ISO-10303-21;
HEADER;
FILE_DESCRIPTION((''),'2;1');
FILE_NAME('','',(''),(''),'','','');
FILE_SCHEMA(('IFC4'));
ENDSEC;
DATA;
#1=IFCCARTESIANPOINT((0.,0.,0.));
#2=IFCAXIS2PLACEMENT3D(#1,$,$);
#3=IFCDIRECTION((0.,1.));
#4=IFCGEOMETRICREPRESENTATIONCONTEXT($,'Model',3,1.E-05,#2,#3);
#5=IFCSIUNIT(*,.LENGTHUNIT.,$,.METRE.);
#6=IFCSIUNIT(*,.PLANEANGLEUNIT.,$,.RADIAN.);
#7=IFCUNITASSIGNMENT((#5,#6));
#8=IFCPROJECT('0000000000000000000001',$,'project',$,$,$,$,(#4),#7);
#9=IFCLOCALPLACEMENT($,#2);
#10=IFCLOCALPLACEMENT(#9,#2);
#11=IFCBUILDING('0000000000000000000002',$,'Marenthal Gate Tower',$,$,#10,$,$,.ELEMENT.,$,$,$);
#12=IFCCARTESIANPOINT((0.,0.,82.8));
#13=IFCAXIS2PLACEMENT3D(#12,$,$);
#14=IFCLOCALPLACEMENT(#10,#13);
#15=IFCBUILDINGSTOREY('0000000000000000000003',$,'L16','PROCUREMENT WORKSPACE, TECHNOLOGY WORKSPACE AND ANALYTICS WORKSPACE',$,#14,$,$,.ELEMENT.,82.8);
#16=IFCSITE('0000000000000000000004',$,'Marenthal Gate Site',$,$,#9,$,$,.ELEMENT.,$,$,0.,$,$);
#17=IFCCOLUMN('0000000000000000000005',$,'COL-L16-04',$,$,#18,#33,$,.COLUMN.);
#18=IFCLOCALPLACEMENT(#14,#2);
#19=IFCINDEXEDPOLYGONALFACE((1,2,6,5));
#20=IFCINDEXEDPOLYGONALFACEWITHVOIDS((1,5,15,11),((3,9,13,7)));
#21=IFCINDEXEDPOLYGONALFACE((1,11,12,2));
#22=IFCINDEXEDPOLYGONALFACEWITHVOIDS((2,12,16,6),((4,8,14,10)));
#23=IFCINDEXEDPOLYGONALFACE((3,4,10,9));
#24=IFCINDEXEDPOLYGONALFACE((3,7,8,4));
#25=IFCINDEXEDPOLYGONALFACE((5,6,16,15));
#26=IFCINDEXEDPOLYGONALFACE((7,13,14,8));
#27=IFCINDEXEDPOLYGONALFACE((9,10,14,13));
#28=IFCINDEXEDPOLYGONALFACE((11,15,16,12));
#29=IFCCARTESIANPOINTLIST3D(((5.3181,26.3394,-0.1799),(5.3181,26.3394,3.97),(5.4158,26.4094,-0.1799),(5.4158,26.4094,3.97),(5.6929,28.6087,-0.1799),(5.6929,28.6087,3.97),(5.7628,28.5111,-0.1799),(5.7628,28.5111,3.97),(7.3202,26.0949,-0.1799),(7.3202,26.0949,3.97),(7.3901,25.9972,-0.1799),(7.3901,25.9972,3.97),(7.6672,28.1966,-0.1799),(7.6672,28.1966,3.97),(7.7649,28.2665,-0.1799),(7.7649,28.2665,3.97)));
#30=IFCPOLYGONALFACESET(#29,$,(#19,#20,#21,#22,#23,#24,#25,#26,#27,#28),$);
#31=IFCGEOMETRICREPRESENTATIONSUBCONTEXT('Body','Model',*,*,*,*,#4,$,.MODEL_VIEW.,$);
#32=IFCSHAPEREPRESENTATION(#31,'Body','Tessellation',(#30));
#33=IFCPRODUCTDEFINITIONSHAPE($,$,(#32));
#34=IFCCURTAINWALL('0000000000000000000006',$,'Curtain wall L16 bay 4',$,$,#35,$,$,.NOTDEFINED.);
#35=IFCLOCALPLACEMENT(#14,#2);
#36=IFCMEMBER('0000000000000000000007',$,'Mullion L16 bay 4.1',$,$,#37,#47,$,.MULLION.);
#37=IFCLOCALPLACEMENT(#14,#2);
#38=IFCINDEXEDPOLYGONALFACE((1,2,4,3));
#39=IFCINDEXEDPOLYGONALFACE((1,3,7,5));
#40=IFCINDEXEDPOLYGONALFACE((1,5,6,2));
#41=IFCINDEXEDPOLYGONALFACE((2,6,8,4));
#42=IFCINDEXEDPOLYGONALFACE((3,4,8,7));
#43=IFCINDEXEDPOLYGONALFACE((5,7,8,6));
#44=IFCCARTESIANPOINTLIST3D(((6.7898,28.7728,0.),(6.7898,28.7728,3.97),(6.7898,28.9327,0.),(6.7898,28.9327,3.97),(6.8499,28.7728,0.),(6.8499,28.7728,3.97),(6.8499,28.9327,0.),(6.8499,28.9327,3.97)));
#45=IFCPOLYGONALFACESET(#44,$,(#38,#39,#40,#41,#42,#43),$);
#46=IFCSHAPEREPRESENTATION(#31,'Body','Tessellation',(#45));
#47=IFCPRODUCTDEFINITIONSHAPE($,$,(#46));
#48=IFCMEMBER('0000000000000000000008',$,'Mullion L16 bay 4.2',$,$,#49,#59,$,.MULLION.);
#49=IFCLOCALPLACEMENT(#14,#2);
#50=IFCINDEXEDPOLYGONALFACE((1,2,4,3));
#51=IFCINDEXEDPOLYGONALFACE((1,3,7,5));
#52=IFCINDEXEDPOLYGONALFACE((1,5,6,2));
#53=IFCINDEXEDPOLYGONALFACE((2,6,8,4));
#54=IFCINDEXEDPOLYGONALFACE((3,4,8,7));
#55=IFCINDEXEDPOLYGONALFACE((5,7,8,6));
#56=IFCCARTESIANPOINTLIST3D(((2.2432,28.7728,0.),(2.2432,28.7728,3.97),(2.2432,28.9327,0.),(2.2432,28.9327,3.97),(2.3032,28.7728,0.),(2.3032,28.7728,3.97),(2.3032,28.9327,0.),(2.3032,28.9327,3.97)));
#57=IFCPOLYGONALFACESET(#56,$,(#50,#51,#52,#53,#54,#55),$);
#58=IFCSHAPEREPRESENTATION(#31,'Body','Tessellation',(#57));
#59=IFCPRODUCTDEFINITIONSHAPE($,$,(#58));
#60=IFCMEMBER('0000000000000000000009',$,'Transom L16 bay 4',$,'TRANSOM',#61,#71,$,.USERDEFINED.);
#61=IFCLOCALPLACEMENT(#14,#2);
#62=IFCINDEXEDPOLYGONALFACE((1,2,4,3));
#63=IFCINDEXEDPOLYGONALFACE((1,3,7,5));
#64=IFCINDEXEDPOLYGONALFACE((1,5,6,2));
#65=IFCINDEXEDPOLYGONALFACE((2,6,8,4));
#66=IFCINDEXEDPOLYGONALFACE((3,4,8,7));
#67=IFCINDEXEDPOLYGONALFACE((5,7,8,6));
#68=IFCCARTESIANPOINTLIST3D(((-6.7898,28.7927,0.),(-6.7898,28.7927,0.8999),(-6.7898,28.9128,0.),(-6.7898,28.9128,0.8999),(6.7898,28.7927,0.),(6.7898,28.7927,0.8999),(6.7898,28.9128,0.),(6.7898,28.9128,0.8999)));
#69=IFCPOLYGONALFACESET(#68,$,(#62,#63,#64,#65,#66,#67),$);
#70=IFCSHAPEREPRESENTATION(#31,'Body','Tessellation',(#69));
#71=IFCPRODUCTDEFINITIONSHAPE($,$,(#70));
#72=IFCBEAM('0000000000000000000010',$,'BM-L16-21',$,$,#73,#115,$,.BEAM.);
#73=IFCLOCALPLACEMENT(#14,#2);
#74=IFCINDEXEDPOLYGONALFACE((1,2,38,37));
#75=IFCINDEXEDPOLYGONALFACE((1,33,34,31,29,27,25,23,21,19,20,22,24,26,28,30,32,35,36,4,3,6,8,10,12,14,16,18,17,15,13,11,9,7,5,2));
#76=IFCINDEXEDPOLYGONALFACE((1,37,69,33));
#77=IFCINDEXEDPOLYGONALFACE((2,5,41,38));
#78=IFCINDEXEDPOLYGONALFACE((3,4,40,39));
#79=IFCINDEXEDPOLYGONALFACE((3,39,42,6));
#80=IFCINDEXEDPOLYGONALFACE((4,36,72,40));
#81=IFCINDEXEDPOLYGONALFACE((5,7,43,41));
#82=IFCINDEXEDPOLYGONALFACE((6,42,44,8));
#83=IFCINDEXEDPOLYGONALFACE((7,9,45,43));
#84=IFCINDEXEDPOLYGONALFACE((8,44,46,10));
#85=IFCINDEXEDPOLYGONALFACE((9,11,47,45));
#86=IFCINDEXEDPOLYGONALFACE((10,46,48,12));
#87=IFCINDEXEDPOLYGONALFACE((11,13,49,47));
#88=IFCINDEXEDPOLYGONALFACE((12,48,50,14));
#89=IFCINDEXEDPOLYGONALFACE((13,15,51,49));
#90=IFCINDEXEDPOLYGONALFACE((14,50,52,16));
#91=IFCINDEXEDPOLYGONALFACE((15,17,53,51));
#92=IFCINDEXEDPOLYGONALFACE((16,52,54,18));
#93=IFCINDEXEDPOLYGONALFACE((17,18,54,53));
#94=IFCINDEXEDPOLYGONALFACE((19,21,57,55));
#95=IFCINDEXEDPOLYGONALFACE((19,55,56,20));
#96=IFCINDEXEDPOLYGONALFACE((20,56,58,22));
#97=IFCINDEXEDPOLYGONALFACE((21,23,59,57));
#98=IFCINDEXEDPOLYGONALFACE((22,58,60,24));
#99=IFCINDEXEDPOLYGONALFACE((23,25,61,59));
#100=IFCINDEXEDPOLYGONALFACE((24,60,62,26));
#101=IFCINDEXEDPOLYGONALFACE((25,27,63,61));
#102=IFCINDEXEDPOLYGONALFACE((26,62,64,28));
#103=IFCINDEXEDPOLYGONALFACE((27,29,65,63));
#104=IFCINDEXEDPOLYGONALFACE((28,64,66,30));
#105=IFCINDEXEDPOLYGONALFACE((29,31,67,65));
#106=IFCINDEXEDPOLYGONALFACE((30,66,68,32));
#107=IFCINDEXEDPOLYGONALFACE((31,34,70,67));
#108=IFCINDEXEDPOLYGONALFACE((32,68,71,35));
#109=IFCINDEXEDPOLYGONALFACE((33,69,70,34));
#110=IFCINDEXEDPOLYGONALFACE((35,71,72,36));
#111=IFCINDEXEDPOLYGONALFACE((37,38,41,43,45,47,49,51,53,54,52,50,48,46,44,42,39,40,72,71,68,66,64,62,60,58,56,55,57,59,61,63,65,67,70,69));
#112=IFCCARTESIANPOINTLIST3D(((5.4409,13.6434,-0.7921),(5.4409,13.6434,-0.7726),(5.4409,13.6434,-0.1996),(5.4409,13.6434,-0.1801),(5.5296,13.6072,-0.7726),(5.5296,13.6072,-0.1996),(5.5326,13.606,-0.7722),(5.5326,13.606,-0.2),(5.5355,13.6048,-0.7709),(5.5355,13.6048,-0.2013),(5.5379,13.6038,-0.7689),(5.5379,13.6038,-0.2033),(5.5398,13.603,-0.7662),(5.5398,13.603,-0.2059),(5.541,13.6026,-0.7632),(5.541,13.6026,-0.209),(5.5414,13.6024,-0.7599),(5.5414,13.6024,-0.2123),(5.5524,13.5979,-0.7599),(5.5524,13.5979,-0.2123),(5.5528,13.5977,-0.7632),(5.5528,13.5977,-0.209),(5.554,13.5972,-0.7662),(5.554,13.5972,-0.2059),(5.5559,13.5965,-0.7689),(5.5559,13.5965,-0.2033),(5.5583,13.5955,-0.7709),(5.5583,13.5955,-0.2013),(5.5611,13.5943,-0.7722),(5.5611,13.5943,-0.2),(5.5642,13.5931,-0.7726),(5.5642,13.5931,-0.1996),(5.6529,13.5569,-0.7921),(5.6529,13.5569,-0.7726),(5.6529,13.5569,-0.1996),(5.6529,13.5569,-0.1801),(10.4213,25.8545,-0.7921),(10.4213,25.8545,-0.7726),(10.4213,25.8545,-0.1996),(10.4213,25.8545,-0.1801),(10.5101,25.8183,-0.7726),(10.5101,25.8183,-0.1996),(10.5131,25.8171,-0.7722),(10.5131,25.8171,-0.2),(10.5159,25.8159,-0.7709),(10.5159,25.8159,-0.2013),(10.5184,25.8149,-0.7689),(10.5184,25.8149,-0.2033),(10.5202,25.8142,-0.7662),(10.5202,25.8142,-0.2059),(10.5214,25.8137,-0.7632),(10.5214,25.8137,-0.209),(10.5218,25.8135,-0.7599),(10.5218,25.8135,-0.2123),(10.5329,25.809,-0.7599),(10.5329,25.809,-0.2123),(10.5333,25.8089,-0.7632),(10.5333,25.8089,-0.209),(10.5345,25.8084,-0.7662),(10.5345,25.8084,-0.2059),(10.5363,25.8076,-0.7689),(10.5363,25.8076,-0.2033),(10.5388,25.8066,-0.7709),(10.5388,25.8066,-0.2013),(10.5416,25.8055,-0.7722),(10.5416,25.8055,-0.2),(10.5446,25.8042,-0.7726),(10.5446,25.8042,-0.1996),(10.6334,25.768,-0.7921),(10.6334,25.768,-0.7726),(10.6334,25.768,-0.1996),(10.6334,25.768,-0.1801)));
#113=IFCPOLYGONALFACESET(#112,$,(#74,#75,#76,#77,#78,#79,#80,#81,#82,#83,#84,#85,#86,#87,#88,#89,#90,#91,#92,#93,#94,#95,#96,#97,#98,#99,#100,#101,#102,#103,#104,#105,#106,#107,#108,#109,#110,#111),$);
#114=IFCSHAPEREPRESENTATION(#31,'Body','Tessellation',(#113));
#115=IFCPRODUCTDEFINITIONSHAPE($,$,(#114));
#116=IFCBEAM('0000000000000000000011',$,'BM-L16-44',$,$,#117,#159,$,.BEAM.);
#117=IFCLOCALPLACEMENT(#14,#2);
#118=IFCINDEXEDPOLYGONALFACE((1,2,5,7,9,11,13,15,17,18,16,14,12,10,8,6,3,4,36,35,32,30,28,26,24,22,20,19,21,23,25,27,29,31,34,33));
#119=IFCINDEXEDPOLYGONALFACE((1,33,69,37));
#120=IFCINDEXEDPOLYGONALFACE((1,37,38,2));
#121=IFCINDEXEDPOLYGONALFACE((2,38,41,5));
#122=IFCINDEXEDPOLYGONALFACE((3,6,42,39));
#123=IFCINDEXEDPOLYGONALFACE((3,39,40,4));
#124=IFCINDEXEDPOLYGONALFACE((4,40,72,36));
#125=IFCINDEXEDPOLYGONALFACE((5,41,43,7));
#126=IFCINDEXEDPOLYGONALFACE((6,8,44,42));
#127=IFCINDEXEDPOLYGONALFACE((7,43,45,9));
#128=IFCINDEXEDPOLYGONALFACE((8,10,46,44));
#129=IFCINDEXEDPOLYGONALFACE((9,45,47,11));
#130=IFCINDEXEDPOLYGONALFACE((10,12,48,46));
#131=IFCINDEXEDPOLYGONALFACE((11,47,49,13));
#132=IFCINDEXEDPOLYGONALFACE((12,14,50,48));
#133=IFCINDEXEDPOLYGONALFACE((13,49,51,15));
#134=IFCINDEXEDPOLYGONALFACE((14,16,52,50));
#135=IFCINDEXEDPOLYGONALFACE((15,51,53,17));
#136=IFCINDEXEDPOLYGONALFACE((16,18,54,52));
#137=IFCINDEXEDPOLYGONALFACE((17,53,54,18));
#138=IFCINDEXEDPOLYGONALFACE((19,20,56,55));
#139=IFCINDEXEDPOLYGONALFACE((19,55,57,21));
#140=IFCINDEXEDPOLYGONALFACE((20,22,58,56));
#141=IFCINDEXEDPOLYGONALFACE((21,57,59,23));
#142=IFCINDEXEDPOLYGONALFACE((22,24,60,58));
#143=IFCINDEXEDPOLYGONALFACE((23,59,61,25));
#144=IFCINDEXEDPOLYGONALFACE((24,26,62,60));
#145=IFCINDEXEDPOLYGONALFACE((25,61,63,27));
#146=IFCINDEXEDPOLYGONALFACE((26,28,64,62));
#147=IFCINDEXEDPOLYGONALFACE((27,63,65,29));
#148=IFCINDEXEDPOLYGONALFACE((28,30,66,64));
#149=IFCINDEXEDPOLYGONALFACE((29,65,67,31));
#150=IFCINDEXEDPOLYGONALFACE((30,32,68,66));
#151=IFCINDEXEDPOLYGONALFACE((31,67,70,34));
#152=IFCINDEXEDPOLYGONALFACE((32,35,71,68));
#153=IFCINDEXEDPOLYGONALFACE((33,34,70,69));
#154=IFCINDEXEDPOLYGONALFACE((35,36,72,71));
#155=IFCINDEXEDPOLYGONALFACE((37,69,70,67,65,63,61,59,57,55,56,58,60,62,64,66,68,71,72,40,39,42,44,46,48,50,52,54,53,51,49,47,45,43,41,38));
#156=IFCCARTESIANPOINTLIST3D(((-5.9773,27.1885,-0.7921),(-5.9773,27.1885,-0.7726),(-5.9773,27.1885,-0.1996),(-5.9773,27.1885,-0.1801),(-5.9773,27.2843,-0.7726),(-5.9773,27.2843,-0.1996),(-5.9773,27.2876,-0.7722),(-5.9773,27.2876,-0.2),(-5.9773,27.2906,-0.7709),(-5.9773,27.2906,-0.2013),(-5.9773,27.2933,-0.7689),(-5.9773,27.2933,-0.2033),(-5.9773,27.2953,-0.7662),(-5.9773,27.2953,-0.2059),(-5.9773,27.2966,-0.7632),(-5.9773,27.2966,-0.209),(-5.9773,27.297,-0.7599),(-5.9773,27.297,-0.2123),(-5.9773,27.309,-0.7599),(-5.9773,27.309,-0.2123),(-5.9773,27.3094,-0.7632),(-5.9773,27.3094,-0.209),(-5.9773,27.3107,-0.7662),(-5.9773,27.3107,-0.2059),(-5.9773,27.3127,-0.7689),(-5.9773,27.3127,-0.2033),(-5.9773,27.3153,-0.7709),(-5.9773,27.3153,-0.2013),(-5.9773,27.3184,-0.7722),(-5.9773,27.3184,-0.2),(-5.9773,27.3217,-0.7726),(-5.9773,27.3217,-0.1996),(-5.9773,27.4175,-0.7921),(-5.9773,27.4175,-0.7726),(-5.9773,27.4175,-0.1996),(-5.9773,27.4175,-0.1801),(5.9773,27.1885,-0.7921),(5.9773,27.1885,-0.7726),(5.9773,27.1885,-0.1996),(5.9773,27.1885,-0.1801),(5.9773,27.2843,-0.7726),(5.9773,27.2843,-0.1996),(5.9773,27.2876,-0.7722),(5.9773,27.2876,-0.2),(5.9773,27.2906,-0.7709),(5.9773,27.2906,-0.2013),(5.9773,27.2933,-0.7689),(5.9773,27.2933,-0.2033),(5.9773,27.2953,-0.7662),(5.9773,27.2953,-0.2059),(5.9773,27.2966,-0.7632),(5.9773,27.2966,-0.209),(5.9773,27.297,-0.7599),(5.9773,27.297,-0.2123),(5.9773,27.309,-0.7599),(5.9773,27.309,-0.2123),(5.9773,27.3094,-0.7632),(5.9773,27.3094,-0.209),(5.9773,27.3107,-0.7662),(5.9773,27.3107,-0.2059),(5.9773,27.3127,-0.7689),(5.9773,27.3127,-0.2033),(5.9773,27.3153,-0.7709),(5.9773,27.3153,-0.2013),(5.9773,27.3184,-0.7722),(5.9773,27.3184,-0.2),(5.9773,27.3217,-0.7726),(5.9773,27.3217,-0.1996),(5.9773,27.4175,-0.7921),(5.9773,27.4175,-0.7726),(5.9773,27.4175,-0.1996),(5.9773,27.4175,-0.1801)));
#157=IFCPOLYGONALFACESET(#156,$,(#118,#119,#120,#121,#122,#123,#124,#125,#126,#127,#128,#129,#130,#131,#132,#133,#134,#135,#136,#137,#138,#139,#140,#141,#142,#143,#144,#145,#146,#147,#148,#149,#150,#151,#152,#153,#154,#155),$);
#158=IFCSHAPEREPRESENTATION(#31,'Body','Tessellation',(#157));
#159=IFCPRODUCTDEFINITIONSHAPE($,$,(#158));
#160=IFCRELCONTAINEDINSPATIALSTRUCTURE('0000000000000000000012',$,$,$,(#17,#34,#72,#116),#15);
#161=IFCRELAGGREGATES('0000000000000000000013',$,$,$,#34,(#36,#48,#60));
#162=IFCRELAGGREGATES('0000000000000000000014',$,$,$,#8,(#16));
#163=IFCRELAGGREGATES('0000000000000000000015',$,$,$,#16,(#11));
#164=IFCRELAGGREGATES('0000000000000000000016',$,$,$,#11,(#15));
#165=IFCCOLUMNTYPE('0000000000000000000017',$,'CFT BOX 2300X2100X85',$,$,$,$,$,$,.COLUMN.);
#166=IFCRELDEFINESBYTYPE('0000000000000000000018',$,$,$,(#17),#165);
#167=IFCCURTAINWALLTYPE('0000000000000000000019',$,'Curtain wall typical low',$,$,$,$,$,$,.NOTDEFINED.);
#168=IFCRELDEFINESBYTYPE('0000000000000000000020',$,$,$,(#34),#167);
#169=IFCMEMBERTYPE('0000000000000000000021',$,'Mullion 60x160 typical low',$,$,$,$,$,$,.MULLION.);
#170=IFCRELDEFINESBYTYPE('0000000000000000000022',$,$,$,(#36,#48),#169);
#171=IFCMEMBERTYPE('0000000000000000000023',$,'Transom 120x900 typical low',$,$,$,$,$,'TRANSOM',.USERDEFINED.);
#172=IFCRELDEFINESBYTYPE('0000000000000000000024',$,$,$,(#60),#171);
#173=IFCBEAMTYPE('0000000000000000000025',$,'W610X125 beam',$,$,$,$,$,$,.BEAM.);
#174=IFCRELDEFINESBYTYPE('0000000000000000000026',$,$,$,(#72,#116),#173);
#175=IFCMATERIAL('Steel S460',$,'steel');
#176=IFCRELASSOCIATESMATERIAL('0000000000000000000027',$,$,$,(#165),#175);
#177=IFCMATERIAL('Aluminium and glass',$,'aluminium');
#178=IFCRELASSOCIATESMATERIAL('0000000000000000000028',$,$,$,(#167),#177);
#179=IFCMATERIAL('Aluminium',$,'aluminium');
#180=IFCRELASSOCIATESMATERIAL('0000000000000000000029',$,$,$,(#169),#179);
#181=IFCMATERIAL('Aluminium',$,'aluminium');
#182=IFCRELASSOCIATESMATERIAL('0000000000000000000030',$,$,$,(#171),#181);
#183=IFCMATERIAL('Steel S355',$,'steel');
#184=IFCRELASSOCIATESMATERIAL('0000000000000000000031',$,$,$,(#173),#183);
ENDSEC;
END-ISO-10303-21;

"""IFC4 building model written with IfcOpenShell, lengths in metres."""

from ifc_helpers import new_model, si_unit, direction, frame, origin, origin_2d, place, context, subcontext, project, spatial, rectangle, hollow_rectangle, i_section, extrude, material, material_profile, profile_set, type_object, element, aggregate, save


model = new_model("IFC4")

# Units and contexts
model_context = context("Model", 3, precision=1e-05, world=origin(), true_north=direction((0.0, 1.0)))
body_context = subcontext(model_context, "Body", "Model", "MODEL_VIEW")
ifc_project = project(units=[si_unit("LENGTHUNIT", "METRE"), si_unit("PLANEANGLEUNIT", "RADIAN")], contexts=[model_context])

# Site, building, storey
site_placement = place(None, origin())
site = spatial("IfcSite", under=ifc_project, at=site_placement, Name="Marenthal Gate Site", CompositionType="ELEMENT", RefElevation=0.0)
building_placement = place(site_placement, origin())
building = spatial("IfcBuilding", under=site, at=building_placement, Name="Marenthal Gate Tower", CompositionType="ELEMENT")
storey_placement = place(building_placement, frame((0.0, 0.0, 82.8)))
storey = spatial("IfcBuildingStorey", under=building, at=storey_placement, Name="L16", Description="PROCUREMENT WORKSPACE, TECHNOLOGY WORKSPACE AND ANALYTICS WORKSPACE", CompositionType="ELEMENT", Elevation=82.8)

# Column
ifc_material_1 = material(Name="Steel S460", Category="steel")
ifc_material_profile_1 = material_profile(ifc_material_1, hollow_rectangle(XDim=2.1001, YDim=2.3, WallThickness=0.085, at=origin_2d()), Name="CFT BOX 2300X2100X85")
ifc_material_2 = material(Name="Concrete 70 MPa", Category="concrete")
ifc_material_profile_2 = material_profile(ifc_material_2, rectangle(XDim=1.9299, YDim=2.1299, at=origin_2d()), Name="CFT BOX 2300X2100X85 INFILL")
ifc_profile_set_1 = profile_set([ifc_material_profile_1, ifc_material_profile_2], Name="Steel S460 shell, Concrete 70 MPa infill")
column_type = type_object("IfcColumnType", Name="CFT BOX 2300X2100X85", PredefinedType="COLUMN", material=ifc_profile_set_1)
column_placement = place(storey_placement, frame((6.5415, 27.303, -0.1799), z_axis=(0.0, 0.0, 1.0), x_axis=(0.986637, -0.162933, 0.0)))
element("IfcColumn", 1, at=column_placement, inside=storey, type_object=column_type, Name="COL-L16-04", PredefinedType="COLUMN", context=body_context, shape_type="SweptSolid", body=[
    extrude(hollow_rectangle(XDim=2.1001, YDim=2.3, WallThickness=0.085, at=origin_2d()), origin(), (0.0, 0.0, 1.0), 4.1499),
])

# Curtain wall, members
ifc_material_3 = material(Name="Aluminium and glass", Category="aluminium")
curtain_wall_type = type_object("IfcCurtainWallType", Name="Curtain wall typical low", PredefinedType="NOTDEFINED", material=ifc_material_3)
curtain_wall_placement = place(storey_placement, origin())
curtain_wall = element("IfcCurtainWall", 2, at=curtain_wall_placement, inside=storey, type_object=curtain_wall_type, Name="Curtain wall L16 bay 4", PredefinedType="NOTDEFINED")
ifc_material_4 = material(Name="Aluminium", Category="aluminium")
ifc_material_profile_3 = material_profile(ifc_material_4, rectangle(XDim=0.1599, YDim=0.0601, at=origin_2d()), Name="60x160 aluminium mullion")
ifc_profile_set_2 = profile_set([ifc_material_profile_3], Name="Aluminium")
member_type_1 = type_object("IfcMemberType", Name="Mullion 60x160 typical low", PredefinedType="MULLION", material=ifc_profile_set_2)
member_1_placement = place(storey_placement, frame((6.8198, 28.8528, 0.0), z_axis=(0.0, 0.0, 1.0), x_axis=(0.0, -1.0, 0.0)))
member_1 = element("IfcMember", 3, at=member_1_placement, type_object=member_type_1, Name="Mullion L16 bay 4.1", PredefinedType="MULLION", context=body_context, shape_type="SweptSolid", body=[
    extrude(rectangle(XDim=0.1599, YDim=0.0601, at=origin_2d()), origin(), (0.0, 0.0, 1.0), 3.97),
])
member_2_placement = place(storey_placement, frame((2.2732, 28.8528, 0.0), z_axis=(0.0, 0.0, 1.0), x_axis=(0.0, -1.0, 0.0)))
member_2 = element("IfcMember", 4, at=member_2_placement, type_object=member_type_1, Name="Mullion L16 bay 4.2", PredefinedType="MULLION", context=body_context, shape_type="SweptSolid", body=[
    extrude(rectangle(XDim=0.1599, YDim=0.0601, at=origin_2d()), origin(), (0.0, 0.0, 1.0), 3.97),
])
ifc_material_5 = material(Name="Aluminium", Category="aluminium")
ifc_material_profile_4 = material_profile(ifc_material_5, rectangle(XDim=0.1201, YDim=0.8999, at=origin_2d()), Name="120x900 aluminium transom")
ifc_profile_set_3 = profile_set([ifc_material_profile_4], Name="Aluminium")
member_type_2 = type_object("IfcMemberType", Name="Transom 120x900 typical low", ElementType="TRANSOM", PredefinedType="USERDEFINED", material=ifc_profile_set_3)
member_3_placement = place(storey_placement, frame((6.7898, 28.8528, 0.45), z_axis=(-1.0, 0.0, 0.0), x_axis=(0.0, -1.0, 0.0)))
member_3 = element("IfcMember", 5, at=member_3_placement, type_object=member_type_2, Name="Transom L16 bay 4", ObjectType="TRANSOM", PredefinedType="USERDEFINED", context=body_context, shape_type="SweptSolid", body=[
    extrude(rectangle(XDim=0.1201, YDim=0.8999, at=origin_2d()), origin(), (0.0, 0.0, 1.0), 13.5796),
])

# Beams
ifc_material_6 = material(Name="Steel S355", Category="steel")
ifc_material_profile_5 = material_profile(ifc_material_6, i_section(OverallWidth=0.229, OverallDepth=0.6121, WebThickness=0.012, FlangeThickness=0.0195, FilletRadius=0.0127, at=origin_2d()), Name="W610X125")
ifc_profile_set_4 = profile_set([ifc_material_profile_5], Name="Steel S355")
beam_type_1 = type_object("IfcBeamType", Name="W610X125 beam", PredefinedType="BEAM", material=ifc_profile_set_4)
beam_1_placement = place(storey_placement, frame((10.5273, 25.8113, -0.4861), z_axis=(-0.377657, -0.925945, 0.0), x_axis=(0.925945, -0.377657, 0.0)))
element("IfcBeam", 6, at=beam_1_placement, inside=storey, type_object=beam_type_1, Name="BM-L16-21", PredefinedType="BEAM", context=body_context, shape_type="SweptSolid", body=[
    extrude(i_section(OverallWidth=0.229, OverallDepth=0.6121, WebThickness=0.012, FlangeThickness=0.0195, FilletRadius=0.0127, at=origin_2d()), origin(), (0.0, 0.0, 1.0), 13.1877),
])
beam_2_placement = place(storey_placement, frame((5.9773, 27.303, -0.4861), z_axis=(-1.0, 0.0, 0.0), x_axis=(0.0, -1.0, 0.0)))
element("IfcBeam", 7, at=beam_2_placement, inside=storey, type_object=beam_type_1, Name="BM-L16-44", PredefinedType="BEAM", context=body_context, shape_type="SweptSolid", body=[
    extrude(i_section(OverallWidth=0.229, OverallDepth=0.6121, WebThickness=0.012, FlangeThickness=0.0195, FilletRadius=0.0127, at=origin_2d()), origin(), (0.0, 0.0, 1.0), 11.9546),
])

aggregate(curtain_wall, [member_1, member_2, member_3])

save(model, "model.ifc")
